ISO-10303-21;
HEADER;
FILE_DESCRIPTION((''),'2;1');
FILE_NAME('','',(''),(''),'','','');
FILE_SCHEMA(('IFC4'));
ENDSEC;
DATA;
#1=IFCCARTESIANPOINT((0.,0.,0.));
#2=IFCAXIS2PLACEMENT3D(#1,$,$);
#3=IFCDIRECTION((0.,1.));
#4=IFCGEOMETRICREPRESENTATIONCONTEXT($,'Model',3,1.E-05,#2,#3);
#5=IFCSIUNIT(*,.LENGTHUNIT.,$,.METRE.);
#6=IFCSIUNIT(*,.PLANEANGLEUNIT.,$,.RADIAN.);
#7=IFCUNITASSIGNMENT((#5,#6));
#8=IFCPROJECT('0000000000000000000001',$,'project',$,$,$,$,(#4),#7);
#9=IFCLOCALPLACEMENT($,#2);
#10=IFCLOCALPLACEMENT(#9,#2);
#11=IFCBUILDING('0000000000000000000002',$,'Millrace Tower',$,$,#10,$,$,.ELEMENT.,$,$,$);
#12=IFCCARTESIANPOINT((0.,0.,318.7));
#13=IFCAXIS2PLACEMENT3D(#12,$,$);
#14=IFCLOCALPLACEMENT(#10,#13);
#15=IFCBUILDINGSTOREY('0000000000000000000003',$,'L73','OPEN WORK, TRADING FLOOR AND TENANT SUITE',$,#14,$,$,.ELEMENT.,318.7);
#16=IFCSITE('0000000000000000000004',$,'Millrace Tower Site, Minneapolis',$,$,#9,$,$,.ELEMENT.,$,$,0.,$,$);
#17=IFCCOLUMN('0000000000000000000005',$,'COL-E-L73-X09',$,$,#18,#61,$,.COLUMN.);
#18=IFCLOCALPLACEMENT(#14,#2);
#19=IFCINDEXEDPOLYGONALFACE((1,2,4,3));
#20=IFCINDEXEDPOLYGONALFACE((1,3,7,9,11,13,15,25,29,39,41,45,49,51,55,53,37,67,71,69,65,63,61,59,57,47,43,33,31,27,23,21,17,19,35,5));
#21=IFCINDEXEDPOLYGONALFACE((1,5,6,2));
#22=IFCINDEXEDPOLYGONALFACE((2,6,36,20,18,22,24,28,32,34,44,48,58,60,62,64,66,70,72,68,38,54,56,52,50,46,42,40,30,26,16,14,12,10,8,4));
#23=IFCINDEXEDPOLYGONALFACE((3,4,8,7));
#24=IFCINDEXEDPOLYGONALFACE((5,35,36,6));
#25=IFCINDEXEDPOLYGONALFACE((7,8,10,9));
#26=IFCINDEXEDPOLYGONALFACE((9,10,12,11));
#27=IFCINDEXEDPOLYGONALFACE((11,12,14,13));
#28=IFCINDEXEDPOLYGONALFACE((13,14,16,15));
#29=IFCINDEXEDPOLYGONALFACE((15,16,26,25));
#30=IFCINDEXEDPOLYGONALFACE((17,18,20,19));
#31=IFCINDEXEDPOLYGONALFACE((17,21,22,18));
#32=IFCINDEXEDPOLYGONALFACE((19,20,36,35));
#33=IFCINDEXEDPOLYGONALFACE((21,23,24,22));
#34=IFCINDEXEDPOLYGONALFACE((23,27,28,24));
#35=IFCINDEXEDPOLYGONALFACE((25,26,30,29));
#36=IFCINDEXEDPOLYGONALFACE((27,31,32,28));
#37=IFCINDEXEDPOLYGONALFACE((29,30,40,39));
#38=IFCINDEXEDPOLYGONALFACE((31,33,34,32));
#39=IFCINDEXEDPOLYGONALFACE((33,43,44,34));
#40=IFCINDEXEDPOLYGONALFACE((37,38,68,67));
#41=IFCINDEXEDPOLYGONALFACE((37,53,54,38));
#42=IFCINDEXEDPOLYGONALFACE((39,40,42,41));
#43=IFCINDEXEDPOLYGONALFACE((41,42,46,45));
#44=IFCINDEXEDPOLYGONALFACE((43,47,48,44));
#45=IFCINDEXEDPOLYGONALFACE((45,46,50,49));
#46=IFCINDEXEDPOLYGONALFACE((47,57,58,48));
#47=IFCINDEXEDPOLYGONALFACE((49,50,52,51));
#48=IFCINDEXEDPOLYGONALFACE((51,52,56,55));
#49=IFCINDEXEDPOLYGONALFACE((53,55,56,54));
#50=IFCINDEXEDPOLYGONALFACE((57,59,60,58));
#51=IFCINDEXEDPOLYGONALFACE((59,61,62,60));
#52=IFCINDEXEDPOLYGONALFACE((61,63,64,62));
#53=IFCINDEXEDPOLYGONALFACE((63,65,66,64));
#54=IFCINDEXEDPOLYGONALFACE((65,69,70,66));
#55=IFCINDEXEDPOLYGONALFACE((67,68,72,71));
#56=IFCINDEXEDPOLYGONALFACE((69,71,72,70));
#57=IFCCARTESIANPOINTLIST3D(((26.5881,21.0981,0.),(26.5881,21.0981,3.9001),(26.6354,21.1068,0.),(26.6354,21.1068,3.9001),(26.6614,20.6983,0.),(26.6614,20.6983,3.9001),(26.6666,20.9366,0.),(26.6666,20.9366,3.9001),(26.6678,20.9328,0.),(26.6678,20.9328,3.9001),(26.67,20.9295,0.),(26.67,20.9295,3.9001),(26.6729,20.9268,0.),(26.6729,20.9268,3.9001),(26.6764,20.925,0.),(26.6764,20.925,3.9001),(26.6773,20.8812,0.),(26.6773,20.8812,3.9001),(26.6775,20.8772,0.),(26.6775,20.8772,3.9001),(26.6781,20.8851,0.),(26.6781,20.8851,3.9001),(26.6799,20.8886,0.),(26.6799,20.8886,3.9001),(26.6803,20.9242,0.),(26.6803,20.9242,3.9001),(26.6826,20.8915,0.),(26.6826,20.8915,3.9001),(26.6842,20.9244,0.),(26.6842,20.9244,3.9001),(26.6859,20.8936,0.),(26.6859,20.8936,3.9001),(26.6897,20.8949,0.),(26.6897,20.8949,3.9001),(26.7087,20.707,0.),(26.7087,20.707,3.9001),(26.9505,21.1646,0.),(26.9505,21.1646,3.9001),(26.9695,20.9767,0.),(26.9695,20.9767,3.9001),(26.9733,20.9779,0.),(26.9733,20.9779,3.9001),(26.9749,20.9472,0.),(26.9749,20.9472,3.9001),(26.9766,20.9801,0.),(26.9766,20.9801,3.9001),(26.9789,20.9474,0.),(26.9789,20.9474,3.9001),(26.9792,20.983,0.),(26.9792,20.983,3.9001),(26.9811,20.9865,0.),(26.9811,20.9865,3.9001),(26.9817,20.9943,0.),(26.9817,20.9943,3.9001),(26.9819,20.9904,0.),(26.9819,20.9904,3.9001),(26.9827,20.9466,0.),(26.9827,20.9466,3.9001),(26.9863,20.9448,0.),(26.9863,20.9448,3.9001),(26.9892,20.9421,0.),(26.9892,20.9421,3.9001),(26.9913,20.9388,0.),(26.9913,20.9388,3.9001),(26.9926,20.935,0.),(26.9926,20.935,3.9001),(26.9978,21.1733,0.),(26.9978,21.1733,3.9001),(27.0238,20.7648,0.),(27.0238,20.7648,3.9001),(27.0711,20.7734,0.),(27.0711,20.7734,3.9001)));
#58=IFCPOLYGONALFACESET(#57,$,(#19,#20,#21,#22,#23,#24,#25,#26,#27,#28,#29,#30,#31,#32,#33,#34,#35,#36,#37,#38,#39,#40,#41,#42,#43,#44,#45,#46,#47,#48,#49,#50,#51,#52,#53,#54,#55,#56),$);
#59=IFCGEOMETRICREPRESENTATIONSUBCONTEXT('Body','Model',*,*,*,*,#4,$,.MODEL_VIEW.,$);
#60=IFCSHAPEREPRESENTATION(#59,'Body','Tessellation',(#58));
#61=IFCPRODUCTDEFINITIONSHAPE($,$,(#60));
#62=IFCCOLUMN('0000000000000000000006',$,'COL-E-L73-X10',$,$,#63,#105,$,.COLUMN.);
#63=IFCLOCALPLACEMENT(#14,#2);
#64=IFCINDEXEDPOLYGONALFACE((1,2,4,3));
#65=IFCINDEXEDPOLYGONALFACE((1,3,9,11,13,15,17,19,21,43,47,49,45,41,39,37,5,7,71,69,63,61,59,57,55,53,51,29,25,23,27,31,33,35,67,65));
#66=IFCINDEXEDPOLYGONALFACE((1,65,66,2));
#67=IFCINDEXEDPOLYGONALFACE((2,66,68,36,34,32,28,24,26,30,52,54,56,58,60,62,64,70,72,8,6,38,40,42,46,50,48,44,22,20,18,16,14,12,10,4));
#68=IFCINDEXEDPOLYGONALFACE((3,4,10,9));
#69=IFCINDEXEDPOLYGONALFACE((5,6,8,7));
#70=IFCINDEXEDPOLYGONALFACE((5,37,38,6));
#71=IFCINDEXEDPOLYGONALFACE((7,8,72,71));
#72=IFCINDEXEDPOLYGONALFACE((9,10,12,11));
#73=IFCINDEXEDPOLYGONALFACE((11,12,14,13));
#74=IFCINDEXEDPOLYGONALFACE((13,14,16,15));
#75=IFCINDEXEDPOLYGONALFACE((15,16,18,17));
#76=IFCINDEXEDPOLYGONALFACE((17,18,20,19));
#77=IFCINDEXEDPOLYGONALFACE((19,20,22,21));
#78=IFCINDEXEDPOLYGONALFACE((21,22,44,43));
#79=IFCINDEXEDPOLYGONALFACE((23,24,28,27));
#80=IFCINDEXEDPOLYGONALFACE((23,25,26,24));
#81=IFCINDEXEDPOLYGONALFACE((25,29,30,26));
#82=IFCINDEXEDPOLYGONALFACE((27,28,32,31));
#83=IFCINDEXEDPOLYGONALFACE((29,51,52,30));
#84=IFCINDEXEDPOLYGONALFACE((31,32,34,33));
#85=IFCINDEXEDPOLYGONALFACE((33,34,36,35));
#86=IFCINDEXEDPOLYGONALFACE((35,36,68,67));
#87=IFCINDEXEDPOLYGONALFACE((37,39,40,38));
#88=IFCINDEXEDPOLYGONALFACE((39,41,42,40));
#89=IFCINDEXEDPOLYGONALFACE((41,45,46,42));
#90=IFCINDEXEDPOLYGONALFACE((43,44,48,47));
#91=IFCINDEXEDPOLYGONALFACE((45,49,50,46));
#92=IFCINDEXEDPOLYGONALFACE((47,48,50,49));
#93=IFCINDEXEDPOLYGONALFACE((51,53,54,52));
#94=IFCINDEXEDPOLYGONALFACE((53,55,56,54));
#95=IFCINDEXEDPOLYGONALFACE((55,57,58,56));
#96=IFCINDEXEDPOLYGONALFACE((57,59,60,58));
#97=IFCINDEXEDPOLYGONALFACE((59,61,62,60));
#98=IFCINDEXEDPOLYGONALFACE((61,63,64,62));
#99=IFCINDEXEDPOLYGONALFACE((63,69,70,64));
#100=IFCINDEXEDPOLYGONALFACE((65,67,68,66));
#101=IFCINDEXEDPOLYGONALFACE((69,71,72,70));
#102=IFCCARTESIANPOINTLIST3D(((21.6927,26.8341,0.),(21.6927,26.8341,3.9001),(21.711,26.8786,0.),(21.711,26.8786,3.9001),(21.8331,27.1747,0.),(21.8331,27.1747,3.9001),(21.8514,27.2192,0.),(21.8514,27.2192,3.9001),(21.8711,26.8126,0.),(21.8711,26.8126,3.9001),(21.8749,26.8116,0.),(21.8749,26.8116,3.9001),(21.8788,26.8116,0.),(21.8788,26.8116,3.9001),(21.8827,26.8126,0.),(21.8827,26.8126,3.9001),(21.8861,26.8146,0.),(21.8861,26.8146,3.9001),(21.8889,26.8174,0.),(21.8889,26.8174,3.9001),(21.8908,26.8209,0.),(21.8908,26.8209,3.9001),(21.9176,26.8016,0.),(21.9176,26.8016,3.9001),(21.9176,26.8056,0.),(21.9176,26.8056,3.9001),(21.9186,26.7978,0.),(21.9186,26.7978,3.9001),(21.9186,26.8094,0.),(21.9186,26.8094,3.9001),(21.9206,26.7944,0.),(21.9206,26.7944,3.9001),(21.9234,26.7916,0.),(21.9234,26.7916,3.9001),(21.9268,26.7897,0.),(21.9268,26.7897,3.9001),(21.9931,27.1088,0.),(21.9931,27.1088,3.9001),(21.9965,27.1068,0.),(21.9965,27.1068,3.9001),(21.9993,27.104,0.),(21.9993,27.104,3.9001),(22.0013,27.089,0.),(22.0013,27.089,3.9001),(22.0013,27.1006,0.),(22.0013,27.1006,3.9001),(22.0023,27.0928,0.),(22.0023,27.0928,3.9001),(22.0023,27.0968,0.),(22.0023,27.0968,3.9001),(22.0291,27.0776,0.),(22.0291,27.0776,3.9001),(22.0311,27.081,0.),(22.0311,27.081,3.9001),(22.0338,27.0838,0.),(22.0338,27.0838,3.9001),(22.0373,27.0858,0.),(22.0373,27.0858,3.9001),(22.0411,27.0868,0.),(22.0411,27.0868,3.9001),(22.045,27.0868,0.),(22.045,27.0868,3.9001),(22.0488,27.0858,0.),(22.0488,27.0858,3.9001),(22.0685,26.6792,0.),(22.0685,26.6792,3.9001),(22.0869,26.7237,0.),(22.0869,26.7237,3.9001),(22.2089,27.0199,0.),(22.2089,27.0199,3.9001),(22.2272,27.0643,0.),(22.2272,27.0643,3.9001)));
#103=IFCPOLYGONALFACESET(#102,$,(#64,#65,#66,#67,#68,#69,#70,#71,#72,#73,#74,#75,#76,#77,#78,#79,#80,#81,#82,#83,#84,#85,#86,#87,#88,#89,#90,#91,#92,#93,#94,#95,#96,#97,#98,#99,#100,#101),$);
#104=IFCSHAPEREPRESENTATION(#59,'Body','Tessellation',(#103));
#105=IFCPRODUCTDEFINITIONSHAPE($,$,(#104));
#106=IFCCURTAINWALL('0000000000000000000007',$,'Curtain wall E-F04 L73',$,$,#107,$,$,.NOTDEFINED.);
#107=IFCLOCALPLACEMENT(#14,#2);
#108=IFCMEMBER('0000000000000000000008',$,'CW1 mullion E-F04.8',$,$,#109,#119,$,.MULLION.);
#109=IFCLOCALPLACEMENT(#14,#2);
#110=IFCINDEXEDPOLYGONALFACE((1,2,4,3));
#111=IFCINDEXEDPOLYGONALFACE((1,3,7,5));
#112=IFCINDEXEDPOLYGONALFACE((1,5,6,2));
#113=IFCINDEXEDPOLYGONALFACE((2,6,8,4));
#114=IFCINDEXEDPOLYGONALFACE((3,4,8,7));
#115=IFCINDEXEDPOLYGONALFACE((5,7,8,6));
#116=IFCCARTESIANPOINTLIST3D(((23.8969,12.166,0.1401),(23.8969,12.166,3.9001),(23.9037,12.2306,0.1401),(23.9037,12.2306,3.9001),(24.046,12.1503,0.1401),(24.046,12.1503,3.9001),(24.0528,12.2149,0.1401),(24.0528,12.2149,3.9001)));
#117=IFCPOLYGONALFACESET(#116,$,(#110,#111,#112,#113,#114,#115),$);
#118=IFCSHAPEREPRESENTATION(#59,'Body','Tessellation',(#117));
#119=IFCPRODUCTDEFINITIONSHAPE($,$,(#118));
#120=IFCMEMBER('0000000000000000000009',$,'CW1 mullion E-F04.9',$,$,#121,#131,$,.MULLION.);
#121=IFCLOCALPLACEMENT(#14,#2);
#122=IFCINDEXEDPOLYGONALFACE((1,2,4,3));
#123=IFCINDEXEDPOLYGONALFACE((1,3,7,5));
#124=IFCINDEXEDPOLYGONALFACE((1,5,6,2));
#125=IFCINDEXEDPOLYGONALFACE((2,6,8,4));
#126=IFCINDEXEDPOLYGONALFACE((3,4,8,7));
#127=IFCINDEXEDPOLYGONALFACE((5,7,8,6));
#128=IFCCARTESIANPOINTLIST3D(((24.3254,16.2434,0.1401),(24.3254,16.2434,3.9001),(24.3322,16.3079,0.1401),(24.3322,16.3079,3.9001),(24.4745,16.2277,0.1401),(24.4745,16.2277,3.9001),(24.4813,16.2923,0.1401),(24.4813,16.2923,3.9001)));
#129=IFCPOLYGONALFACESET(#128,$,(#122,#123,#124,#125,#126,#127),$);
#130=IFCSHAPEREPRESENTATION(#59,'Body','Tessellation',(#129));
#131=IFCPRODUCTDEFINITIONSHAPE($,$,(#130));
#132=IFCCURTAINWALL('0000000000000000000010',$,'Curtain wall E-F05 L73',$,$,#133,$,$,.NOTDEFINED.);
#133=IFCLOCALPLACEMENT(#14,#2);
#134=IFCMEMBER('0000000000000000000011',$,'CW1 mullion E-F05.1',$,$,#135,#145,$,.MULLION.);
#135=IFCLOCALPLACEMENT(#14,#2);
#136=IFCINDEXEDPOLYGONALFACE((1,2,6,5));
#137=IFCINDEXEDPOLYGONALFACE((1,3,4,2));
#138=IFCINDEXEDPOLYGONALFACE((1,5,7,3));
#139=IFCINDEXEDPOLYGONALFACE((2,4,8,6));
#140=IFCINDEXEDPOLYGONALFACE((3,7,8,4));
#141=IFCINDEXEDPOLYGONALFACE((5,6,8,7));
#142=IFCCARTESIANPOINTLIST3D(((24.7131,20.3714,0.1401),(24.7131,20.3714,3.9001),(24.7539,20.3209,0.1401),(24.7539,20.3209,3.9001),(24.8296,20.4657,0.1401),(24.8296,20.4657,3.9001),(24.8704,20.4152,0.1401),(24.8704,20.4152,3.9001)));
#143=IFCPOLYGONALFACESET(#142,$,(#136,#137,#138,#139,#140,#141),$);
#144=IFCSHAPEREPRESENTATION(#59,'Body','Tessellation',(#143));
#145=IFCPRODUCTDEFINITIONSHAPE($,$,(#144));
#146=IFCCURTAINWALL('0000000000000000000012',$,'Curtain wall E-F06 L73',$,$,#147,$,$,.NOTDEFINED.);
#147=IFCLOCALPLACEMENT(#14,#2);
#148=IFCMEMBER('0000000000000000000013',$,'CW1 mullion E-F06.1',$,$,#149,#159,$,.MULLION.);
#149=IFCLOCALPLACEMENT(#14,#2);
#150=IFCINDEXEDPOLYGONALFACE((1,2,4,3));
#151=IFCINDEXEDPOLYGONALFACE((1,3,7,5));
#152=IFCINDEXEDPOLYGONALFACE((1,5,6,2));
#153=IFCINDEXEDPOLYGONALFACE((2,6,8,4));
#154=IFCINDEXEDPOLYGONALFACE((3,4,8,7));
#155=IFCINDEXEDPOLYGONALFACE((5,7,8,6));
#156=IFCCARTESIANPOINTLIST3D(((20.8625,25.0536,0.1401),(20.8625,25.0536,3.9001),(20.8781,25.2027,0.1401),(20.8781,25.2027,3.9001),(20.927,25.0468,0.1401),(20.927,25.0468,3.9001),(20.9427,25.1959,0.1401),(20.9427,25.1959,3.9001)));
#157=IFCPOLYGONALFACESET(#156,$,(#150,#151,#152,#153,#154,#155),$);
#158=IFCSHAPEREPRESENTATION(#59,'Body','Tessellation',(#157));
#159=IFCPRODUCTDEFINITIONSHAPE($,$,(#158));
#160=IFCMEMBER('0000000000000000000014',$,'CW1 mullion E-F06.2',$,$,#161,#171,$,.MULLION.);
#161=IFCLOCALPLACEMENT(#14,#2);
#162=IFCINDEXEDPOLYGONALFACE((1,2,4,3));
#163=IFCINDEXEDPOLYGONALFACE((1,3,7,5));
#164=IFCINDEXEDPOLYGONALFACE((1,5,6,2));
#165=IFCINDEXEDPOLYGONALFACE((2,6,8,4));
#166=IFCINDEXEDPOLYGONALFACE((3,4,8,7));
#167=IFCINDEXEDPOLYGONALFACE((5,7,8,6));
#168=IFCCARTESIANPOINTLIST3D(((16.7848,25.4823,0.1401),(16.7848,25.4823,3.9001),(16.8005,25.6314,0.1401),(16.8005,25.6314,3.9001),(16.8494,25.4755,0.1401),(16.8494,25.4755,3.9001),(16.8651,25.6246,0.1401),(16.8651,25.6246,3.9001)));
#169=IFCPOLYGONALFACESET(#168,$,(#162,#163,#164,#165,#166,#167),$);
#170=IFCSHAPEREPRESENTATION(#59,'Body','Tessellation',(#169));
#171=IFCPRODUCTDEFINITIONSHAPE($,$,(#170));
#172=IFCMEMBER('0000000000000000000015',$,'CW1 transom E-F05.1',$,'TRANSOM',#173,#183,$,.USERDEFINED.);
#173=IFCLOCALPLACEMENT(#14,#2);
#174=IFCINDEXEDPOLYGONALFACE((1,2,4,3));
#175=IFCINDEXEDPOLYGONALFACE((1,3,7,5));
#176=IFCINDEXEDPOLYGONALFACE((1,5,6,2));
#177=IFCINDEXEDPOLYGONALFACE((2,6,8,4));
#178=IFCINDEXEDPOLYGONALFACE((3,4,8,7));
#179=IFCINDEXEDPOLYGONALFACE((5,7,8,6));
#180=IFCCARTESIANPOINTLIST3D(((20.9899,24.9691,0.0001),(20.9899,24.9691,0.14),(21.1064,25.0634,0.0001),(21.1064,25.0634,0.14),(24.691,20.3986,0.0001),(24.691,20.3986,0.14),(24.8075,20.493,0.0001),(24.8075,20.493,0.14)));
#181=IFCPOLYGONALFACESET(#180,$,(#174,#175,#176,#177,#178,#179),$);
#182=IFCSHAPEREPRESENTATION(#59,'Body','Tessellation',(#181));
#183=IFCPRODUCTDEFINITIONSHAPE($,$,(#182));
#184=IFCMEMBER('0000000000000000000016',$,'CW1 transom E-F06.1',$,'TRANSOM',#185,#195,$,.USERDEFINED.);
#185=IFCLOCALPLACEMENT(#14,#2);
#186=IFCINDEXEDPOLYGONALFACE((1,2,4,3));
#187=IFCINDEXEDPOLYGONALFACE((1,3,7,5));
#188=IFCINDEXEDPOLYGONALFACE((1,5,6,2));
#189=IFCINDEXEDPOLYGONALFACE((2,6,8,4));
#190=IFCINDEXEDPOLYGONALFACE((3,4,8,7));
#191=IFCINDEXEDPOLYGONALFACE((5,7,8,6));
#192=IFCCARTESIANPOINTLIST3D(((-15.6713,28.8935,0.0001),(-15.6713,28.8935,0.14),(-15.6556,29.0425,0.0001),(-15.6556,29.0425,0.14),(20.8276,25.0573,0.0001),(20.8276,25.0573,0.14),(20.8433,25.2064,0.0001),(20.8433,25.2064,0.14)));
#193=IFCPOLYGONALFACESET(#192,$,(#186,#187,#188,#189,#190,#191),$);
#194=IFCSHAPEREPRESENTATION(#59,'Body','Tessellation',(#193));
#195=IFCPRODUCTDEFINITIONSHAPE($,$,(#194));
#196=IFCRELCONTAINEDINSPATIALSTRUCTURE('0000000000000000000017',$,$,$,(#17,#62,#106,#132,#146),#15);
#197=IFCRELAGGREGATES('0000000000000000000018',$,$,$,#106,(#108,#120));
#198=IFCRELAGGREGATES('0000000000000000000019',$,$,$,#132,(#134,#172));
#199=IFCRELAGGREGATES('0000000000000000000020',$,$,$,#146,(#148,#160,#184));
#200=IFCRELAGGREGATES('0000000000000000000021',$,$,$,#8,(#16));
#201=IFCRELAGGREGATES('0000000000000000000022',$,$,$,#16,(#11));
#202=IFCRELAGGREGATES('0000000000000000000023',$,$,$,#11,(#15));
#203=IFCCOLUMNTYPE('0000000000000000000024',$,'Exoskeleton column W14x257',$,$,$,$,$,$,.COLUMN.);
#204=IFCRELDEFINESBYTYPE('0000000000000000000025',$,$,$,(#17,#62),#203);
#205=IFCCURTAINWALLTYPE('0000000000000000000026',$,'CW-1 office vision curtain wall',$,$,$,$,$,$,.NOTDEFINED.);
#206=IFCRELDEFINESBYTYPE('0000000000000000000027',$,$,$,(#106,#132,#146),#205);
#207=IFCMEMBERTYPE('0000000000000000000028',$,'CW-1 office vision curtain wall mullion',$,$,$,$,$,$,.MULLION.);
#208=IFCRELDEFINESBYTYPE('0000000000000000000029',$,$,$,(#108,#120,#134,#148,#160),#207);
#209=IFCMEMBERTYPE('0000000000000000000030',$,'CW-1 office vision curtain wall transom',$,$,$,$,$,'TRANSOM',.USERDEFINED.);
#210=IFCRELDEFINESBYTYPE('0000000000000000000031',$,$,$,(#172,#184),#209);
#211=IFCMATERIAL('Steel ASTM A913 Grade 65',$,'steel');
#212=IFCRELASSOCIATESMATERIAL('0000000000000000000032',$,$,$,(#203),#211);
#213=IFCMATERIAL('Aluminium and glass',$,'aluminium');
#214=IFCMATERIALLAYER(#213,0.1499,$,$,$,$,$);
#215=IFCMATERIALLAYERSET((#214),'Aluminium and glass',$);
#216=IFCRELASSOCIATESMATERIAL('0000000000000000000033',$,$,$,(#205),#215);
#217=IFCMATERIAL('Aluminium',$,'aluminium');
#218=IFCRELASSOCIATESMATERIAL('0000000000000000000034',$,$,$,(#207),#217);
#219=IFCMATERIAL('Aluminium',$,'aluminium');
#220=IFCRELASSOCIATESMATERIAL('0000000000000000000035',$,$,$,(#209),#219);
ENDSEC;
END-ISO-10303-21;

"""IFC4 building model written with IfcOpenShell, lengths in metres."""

from ifc_helpers import new_model, si_unit, direction, frame, origin, origin_2d, place, context, subcontext, project, spatial, rectangle, i_section, extrude, material, layer, layer_set, material_profile, profile_set, type_object, element, aggregate, save


model = new_model("IFC4")

# Units and contexts
model_context = context("Model", 3, precision=1e-05, world=origin(), true_north=direction((0.0, 1.0)))
body_context = subcontext(model_context, "Body", "Model", "MODEL_VIEW")
ifc_project = project(units=[si_unit("LENGTHUNIT", "METRE"), si_unit("PLANEANGLEUNIT", "RADIAN")], contexts=[model_context])

# Site, building, storey
site_placement = place(None, origin())
site = spatial("IfcSite", under=ifc_project, at=site_placement, Name="Millrace Tower Site, Minneapolis", CompositionType="ELEMENT", RefElevation=0.0)
building_placement = place(site_placement, origin())
building = spatial("IfcBuilding", under=site, at=building_placement, Name="Millrace Tower", CompositionType="ELEMENT")
storey_placement = place(building_placement, frame((0.0, 0.0, 318.7)))
storey = spatial("IfcBuildingStorey", under=building, at=storey_placement, Name="L73", Description="OPEN WORK, TRADING FLOOR AND TENANT SUITE", CompositionType="ELEMENT", Elevation=318.7)

# Columns
ifc_material_1 = material(Name="Steel ASTM A913 Grade 65", Category="steel")
ifc_material_profile_1 = material_profile(ifc_material_1, i_section(OverallWidth=0.4065, OverallDepth=0.4165, WebThickness=0.03, FlangeThickness=0.0481, FilletRadius=0.0151, at=origin_2d()))
ifc_profile_set_1 = profile_set([ifc_material_profile_1], Name="Steel ASTM A913 Grade 65")
column_type = type_object("IfcColumnType", Name="Exoskeleton column W14x257", PredefinedType="COLUMN", material=ifc_profile_set_1)
for number, where, z_axis, x_axis, name in (
    (1, (26.8296, 20.9358, 0.0), (0.0, 0.0, 1.0), (-0.180387, 0.983596, 0.0), "COL-E-L73-X09"),
    (2, (21.96, 26.9492, 0.0), (0.0, 0.0, 1.0), (-0.924597, 0.380947, 0.0), "COL-E-L73-X10"),
):
    element("IfcColumn", number, at=place(storey_placement, frame(where, z_axis=z_axis, x_axis=x_axis)), inside=storey, type_object=column_type, Name=name, PredefinedType="COLUMN", context=body_context, shape_type="SweptSolid", body=[
        extrude(i_section(OverallWidth=0.4065, OverallDepth=0.4165, WebThickness=0.03, FlangeThickness=0.0481, FilletRadius=0.0151, at=origin_2d()), origin(), (0.0, 0.0, 1.0), 3.9001),
    ])

# Curtain wall, members
ifc_material_2 = material(Name="Aluminium and glass", Category="aluminium")
ifc_layer_1 = layer(ifc_material_2, 0.1499)
ifc_layer_set_1 = layer_set([ifc_layer_1], Name="Aluminium and glass")
curtain_wall_type = type_object("IfcCurtainWallType", Name="CW-1 office vision curtain wall", PredefinedType="NOTDEFINED", material=ifc_layer_set_1)
placement = place(storey_placement, origin())
curtain_wall_1 = element("IfcCurtainWall", 3, at=placement, inside=storey, type_object=curtain_wall_type, Name="Curtain wall E-F04 L73", PredefinedType="NOTDEFINED")
ifc_material_3 = material(Name="Aluminium", Category="aluminium")
ifc_material_profile_2 = material_profile(ifc_material_3, rectangle(XDim=0.0649, YDim=0.1499, at=origin_2d()))
ifc_profile_set_2 = profile_set([ifc_material_profile_2], Name="Aluminium")
member_type_1 = type_object("IfcMemberType", Name="CW-1 office vision curtain wall mullion", PredefinedType="MULLION", material=ifc_profile_set_2)
member_1_placement = place(storey_placement, frame((23.9749, 12.1904, 0.1401), z_axis=(0.0, 0.0, 1.0), x_axis=(0.104528, 0.994522, 0.0)))
member_1 = element("IfcMember", 4, at=member_1_placement, type_object=member_type_1, Name="CW1 mullion E-F04.8", PredefinedType="MULLION", context=body_context, shape_type="SweptSolid", body=[
    extrude(rectangle(XDim=0.0649, YDim=0.1499, at=origin_2d()), origin(), (0.0, 0.0, 1.0), 3.76),
])
member_2_placement = place(storey_placement, frame((24.4033, 16.2678, 0.1401), z_axis=(0.0, 0.0, 1.0), x_axis=(0.104528, 0.994522, 0.0)))
member_2 = element("IfcMember", 5, at=member_2_placement, type_object=member_type_1, Name="CW1 mullion E-F04.9", PredefinedType="MULLION", context=body_context, shape_type="SweptSolid", body=[
    extrude(rectangle(XDim=0.0649, YDim=0.1499, at=origin_2d()), origin(), (0.0, 0.0, 1.0), 3.76),
])
aggregate(curtain_wall_1, [member_1, member_2])

# Curtain wall, member
curtain_wall_2 = element("IfcCurtainWall", 6, at=placement, inside=storey, type_object=curtain_wall_type, Name="Curtain wall E-F05 L73", PredefinedType="NOTDEFINED")
member_3_placement = place(storey_placement, frame((24.7917, 20.3933, 0.1401), z_axis=(0.0, 0.0, 1.0), x_axis=(-0.62932, 0.777146, 0.0)))
member_3 = element("IfcMember", 7, at=member_3_placement, type_object=member_type_1, Name="CW1 mullion E-F05.1", PredefinedType="MULLION", context=body_context, shape_type="SweptSolid", body=[
    extrude(rectangle(XDim=0.0649, YDim=0.1499, at=origin_2d()), origin(), (0.0, 0.0, 1.0), 3.76),
])

# Curtain wall, members
curtain_wall_3 = element("IfcCurtainWall", 8, at=placement, inside=storey, type_object=curtain_wall_type, Name="Curtain wall E-F06 L73", PredefinedType="NOTDEFINED")
member_4_placement = place(storey_placement, frame((20.9026, 25.1248, 0.1401), z_axis=(0.0, 0.0, 1.0), x_axis=(-0.994522, 0.104528, 0.0)))
member_4 = element("IfcMember", 9, at=member_4_placement, type_object=member_type_1, Name="CW1 mullion E-F06.1", PredefinedType="MULLION", context=body_context, shape_type="SweptSolid", body=[
    extrude(rectangle(XDim=0.0649, YDim=0.1499, at=origin_2d()), origin(), (0.0, 0.0, 1.0), 3.76),
])
member_5_placement = place(storey_placement, frame((16.825, 25.5535, 0.1401), z_axis=(0.0, 0.0, 1.0), x_axis=(-0.994522, 0.104528, 0.0)))
member_5 = element("IfcMember", 10, at=member_5_placement, type_object=member_type_1, Name="CW1 mullion E-F06.2", PredefinedType="MULLION", context=body_context, shape_type="SweptSolid", body=[
    extrude(rectangle(XDim=0.0649, YDim=0.1499, at=origin_2d()), origin(), (0.0, 0.0, 1.0), 3.76),
])

# Members
ifc_material_4 = material(Name="Aluminium", Category="aluminium")
ifc_material_profile_3 = material_profile(ifc_material_4, rectangle(XDim=0.1499, YDim=0.1399, at=origin_2d()))
ifc_profile_set_3 = profile_set([ifc_material_profile_3], Name="Aluminium")
member_type_2 = type_object("IfcMemberType", Name="CW-1 office vision curtain wall transom", ElementType="TRANSOM", PredefinedType="USERDEFINED", material=ifc_profile_set_3)
member_6_placement = place(storey_placement, frame((24.7493, 20.4458, 0.0701), z_axis=(-0.629321, 0.777145, 0.0), x_axis=(-0.777145, -0.629321, 0.0)))
member_6 = element("IfcMember", 11, at=member_6_placement, type_object=member_type_2, Name="CW1 transom E-F05.1", ObjectType="TRANSOM", PredefinedType="USERDEFINED", context=body_context, shape_type="SweptSolid", body=[
    extrude(rectangle(XDim=0.1499, YDim=0.1399, at=origin_2d()), origin(), (0.0, 0.0, 1.0), 5.8811),
])
aggregate(curtain_wall_2, [member_3, member_6])
member_7_placement = place(storey_placement, frame((20.8354, 25.1318, 0.0701), z_axis=(-0.994522, 0.104528, 0.0), x_axis=(-0.104528, -0.994522, 0.0)))
member_7 = element("IfcMember", 12, at=member_7_placement, type_object=member_type_2, Name="CW1 transom E-F06.1", ObjectType="TRANSOM", PredefinedType="USERDEFINED", context=body_context, shape_type="SweptSolid", body=[
    extrude(rectangle(XDim=0.1499, YDim=0.1399, at=origin_2d()), origin(), (0.0, 0.0, 1.0), 36.7),
])
aggregate(curtain_wall_3, [member_4, member_5, member_7])

save(model, "model.ifc")
